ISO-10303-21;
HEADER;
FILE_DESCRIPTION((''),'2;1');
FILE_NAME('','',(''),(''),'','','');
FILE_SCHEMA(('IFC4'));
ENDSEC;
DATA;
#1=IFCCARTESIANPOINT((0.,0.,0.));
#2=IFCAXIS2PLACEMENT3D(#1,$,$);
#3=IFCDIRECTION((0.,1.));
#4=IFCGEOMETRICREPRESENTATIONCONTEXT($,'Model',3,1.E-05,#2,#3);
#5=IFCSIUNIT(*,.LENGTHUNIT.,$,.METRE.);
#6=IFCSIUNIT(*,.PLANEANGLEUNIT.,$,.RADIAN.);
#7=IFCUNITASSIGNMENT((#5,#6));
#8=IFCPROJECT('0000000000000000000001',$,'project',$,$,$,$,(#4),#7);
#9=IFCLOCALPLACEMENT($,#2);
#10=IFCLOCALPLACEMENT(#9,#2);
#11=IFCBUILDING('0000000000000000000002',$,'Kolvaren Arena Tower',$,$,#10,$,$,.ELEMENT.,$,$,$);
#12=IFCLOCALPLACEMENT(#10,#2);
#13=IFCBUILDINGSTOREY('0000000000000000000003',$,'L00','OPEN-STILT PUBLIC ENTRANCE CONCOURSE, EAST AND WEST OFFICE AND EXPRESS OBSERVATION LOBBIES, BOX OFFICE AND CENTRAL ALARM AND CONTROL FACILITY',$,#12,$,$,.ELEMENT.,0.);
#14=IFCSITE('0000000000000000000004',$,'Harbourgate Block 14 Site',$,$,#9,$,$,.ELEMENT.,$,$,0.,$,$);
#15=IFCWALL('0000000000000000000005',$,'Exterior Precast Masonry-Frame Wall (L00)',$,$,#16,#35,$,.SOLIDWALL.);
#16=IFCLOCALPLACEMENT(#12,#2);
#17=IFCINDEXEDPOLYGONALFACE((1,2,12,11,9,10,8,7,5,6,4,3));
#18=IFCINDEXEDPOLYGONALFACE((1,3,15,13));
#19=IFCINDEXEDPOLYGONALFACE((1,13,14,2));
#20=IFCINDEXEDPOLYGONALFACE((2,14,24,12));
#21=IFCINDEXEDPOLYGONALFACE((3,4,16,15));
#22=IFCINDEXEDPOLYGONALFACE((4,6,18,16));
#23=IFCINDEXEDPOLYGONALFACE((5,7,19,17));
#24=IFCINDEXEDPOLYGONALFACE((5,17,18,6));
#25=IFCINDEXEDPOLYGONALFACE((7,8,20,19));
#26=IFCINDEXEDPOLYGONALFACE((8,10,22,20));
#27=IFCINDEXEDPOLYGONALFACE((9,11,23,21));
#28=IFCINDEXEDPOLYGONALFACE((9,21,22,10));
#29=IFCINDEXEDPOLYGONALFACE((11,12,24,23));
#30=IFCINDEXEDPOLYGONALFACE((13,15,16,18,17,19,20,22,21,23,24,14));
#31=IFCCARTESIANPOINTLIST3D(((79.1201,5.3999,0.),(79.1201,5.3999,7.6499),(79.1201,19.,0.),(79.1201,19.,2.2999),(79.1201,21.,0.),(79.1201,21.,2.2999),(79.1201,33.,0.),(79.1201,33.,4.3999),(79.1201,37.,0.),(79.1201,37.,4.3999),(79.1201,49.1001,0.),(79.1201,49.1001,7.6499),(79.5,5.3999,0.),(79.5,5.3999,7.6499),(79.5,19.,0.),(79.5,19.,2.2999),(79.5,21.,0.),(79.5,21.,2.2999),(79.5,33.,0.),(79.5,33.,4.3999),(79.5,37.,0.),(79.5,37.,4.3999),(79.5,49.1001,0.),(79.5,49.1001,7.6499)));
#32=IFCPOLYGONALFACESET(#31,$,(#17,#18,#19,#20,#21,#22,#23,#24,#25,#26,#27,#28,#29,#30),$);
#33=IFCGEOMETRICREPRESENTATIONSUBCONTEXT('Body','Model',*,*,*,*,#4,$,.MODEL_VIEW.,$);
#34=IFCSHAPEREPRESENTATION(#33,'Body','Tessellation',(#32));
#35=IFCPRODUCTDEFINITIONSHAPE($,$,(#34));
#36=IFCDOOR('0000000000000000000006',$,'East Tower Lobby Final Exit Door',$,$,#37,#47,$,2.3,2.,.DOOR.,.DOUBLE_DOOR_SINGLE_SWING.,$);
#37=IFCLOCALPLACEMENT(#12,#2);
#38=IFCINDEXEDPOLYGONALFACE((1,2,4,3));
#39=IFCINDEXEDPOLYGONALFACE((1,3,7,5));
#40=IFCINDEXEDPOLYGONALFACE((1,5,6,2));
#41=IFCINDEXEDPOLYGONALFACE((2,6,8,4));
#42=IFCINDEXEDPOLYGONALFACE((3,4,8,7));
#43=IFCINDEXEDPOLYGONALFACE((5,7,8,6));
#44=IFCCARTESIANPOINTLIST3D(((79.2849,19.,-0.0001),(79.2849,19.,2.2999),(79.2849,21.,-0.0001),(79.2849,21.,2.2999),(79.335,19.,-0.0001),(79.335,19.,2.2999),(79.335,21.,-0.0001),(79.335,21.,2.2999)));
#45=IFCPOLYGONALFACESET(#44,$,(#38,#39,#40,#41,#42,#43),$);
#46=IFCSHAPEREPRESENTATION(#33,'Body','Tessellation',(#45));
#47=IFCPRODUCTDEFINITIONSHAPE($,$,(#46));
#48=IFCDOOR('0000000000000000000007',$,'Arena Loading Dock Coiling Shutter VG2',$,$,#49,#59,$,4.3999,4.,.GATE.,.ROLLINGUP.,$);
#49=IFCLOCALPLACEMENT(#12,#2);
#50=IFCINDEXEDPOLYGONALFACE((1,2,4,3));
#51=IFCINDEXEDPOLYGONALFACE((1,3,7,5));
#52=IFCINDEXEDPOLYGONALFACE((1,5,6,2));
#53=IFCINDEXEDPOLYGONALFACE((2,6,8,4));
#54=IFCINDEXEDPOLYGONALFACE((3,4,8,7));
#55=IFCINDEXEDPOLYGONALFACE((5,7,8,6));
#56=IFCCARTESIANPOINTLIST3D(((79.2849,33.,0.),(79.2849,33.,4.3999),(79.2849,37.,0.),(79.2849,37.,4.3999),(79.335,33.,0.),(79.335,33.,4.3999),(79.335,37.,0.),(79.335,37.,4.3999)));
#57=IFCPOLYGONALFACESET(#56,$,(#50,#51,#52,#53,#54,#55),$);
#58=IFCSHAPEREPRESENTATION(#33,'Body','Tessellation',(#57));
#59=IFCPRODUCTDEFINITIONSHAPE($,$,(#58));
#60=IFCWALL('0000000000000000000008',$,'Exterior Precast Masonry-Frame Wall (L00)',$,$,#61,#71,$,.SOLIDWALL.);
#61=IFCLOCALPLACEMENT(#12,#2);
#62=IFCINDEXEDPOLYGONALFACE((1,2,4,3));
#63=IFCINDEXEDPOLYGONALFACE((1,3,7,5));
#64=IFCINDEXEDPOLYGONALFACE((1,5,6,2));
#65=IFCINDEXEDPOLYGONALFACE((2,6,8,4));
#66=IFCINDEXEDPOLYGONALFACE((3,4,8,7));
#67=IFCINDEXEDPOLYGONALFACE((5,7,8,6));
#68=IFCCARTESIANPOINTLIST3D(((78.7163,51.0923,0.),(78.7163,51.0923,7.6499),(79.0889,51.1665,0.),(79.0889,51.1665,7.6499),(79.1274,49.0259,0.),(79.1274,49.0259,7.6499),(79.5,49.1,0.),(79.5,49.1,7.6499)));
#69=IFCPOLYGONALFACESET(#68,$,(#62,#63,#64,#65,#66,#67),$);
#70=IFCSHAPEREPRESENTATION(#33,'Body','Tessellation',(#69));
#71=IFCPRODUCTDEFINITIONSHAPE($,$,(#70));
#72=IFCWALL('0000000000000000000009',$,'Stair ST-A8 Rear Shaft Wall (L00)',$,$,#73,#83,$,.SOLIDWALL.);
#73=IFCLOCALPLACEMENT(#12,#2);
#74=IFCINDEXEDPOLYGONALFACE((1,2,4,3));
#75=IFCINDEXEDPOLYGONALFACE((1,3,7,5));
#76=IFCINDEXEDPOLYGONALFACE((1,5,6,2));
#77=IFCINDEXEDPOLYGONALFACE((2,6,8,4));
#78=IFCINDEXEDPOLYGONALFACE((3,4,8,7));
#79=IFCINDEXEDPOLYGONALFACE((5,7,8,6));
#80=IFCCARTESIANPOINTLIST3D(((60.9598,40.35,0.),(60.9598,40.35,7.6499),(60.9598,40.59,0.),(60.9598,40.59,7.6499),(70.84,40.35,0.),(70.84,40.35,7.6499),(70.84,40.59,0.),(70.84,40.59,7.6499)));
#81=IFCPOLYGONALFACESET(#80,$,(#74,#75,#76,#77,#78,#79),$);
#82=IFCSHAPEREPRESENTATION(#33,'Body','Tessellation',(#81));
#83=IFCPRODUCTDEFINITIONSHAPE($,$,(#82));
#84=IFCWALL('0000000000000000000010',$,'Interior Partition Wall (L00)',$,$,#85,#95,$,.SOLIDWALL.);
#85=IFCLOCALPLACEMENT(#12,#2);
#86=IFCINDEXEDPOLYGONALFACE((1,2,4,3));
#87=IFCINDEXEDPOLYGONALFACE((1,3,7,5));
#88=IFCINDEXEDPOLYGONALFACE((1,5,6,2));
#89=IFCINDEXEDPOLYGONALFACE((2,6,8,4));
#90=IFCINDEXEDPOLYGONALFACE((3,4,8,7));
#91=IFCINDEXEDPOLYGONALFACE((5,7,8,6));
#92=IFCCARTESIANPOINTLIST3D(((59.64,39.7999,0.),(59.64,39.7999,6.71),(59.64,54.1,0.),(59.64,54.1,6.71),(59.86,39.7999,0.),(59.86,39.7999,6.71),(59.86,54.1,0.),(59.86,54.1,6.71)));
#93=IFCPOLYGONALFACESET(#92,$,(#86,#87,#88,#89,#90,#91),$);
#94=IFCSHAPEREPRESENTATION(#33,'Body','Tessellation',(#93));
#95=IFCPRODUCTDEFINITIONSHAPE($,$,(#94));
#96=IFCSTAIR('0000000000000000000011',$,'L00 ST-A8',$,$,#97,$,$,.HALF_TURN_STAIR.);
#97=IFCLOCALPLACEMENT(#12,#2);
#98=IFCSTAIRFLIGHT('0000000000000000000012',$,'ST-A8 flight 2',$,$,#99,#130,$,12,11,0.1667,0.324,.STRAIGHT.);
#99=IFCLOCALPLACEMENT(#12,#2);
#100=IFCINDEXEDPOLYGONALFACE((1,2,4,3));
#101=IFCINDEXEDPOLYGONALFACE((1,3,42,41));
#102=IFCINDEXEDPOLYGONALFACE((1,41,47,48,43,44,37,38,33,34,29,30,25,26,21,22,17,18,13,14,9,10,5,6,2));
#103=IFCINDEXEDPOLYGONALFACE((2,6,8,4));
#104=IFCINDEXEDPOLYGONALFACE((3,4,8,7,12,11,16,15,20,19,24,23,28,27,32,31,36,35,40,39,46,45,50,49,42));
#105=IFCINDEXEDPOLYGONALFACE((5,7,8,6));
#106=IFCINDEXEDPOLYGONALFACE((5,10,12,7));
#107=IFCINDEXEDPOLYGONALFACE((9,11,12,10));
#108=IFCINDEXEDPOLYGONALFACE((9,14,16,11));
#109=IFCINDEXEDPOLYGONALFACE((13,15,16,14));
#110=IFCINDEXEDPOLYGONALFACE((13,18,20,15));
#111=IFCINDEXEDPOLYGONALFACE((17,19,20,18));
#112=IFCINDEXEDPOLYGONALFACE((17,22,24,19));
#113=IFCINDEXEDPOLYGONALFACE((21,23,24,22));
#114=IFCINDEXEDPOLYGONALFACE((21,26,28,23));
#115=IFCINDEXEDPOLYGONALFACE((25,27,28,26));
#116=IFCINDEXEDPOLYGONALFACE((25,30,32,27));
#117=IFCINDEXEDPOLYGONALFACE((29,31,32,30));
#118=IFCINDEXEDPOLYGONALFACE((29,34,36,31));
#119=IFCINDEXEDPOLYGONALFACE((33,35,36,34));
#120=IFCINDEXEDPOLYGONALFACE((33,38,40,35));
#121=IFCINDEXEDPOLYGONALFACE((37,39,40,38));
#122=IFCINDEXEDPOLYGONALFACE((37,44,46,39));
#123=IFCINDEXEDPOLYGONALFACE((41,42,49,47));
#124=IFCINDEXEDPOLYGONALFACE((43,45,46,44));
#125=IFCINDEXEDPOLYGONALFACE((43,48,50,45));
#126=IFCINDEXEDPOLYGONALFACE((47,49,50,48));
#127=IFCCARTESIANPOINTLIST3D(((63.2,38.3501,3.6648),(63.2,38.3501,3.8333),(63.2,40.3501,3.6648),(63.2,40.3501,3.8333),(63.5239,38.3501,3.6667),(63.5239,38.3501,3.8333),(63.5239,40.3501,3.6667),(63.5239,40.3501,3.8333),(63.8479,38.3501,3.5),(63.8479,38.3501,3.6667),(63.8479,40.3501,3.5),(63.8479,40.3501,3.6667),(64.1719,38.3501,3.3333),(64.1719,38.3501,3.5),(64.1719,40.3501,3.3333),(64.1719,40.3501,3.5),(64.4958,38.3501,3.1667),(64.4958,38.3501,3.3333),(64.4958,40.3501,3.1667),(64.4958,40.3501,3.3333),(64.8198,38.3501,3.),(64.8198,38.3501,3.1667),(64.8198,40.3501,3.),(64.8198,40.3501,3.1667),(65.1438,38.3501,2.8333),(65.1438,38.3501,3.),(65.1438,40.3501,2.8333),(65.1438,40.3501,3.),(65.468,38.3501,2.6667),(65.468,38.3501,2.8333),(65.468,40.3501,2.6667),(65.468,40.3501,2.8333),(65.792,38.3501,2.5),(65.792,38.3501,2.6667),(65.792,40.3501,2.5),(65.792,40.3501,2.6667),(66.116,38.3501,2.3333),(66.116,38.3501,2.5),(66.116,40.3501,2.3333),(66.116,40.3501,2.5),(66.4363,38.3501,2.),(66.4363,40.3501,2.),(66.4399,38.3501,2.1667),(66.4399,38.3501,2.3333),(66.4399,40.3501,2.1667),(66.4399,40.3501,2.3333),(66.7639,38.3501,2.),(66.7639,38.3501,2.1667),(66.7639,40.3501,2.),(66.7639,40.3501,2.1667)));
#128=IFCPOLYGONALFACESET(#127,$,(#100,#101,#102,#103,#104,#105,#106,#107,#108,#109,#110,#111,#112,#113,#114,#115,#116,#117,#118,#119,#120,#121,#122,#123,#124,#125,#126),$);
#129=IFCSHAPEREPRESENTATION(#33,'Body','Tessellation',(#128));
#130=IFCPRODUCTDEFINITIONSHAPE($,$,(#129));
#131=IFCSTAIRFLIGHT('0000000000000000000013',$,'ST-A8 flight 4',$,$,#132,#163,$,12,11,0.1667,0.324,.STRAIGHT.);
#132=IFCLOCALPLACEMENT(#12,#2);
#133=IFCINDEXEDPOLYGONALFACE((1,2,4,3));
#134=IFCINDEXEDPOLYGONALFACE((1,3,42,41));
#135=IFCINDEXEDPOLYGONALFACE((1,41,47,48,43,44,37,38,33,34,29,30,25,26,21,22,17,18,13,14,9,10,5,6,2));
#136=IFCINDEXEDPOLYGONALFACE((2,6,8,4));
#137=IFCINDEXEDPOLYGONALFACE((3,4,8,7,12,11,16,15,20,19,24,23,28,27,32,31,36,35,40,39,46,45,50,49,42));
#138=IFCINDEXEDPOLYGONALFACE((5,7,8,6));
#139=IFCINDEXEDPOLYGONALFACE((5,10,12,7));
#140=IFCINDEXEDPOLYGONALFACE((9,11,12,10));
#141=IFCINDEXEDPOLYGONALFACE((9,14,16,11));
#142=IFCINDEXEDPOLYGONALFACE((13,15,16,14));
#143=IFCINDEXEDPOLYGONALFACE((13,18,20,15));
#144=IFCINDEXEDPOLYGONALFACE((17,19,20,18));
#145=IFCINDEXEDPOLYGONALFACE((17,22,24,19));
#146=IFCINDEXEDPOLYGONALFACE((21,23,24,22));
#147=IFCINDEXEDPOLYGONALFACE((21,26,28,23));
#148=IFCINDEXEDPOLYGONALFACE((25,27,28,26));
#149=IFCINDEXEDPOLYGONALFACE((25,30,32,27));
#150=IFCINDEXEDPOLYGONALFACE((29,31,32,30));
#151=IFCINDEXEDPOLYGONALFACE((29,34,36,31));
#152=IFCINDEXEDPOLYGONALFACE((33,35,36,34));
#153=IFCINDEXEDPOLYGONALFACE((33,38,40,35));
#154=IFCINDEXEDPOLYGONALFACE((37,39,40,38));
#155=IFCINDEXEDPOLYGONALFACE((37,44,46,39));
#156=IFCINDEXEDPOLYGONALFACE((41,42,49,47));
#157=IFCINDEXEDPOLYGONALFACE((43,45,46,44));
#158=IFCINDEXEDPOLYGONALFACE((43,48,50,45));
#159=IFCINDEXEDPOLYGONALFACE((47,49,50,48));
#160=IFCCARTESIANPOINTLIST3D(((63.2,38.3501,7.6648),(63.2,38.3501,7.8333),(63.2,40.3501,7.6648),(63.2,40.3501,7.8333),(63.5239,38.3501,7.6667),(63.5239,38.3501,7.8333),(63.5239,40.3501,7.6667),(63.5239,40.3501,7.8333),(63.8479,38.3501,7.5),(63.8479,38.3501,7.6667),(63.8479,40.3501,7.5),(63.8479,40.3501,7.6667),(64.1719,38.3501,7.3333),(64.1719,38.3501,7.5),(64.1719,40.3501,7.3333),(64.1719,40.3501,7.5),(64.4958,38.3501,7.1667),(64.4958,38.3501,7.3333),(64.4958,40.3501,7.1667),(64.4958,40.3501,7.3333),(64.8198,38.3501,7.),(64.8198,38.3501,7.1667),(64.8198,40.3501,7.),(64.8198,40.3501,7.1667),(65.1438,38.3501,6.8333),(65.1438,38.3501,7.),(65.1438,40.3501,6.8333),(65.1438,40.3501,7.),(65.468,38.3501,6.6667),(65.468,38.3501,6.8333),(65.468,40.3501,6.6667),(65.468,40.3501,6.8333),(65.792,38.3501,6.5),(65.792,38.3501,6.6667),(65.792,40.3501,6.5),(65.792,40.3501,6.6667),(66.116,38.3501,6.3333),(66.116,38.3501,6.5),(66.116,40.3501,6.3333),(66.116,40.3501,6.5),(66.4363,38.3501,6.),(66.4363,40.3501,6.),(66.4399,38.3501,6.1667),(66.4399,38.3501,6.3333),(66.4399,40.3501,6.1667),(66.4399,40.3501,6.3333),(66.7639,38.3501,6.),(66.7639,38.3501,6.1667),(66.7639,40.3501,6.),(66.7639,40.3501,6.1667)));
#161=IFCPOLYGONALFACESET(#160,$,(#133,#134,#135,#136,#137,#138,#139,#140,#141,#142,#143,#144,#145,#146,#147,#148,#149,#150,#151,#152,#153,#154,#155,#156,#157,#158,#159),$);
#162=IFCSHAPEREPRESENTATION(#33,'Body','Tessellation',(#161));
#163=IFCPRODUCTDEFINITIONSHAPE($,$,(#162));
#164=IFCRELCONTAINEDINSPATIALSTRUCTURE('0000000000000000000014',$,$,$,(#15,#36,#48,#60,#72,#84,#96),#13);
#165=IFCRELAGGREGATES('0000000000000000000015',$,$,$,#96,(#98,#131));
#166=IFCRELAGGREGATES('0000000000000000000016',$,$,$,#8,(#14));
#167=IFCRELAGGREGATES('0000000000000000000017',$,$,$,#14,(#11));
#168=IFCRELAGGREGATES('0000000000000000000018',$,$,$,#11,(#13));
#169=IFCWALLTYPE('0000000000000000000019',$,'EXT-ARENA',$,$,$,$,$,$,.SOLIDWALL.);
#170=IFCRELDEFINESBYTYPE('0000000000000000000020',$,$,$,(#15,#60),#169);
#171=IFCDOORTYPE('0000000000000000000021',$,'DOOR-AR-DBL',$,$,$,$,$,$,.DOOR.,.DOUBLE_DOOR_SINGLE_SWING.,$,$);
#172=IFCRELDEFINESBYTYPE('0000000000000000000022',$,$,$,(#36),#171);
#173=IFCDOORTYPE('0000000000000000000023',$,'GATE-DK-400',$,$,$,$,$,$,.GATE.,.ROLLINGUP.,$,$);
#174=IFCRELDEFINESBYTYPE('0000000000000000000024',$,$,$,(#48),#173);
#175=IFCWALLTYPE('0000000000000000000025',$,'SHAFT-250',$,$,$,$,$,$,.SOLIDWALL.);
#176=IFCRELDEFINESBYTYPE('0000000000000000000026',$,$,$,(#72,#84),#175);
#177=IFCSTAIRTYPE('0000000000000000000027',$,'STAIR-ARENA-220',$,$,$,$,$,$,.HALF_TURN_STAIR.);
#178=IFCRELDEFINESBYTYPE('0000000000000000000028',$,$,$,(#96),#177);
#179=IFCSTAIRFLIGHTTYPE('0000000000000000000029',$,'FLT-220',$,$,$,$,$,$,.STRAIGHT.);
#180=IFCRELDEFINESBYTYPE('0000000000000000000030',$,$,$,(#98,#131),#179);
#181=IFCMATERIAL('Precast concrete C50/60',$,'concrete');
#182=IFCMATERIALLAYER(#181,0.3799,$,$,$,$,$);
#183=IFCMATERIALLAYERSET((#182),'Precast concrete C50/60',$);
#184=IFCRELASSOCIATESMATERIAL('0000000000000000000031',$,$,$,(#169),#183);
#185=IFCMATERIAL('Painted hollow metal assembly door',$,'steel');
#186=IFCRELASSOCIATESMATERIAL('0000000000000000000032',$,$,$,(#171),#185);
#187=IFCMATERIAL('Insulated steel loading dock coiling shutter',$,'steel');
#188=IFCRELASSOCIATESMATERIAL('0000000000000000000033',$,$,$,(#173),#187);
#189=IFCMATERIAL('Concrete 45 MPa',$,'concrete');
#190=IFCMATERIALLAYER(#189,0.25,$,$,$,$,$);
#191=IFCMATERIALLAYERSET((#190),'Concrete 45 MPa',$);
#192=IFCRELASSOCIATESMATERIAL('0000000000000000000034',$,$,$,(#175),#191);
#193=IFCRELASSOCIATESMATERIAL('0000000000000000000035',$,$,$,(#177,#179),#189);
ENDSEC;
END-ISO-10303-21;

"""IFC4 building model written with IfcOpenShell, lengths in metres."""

from ifc_helpers import new_model, si_unit, direction, frame, frame_2d, origin, place, context, subcontext, project, spatial, polyline, rectangle, outline, extrude, material, layer, layer_set, type_object, element, fill, aggregate, save


model = new_model("IFC4")

# Units and contexts
model_context = context("Model", 3, precision=1e-05, world=origin(), true_north=direction((0.0, 1.0)))
body_context = subcontext(model_context, "Body", "Model", "MODEL_VIEW")
ifc_project = project(units=[si_unit("LENGTHUNIT", "METRE"), si_unit("PLANEANGLEUNIT", "RADIAN")], contexts=[model_context])

# Site, building, storey
site_placement = place(None, origin())
site = spatial("IfcSite", under=ifc_project, at=site_placement, Name="Harbourgate Block 14 Site", CompositionType="ELEMENT", RefElevation=0.0)
building_placement = place(site_placement, origin())
building = spatial("IfcBuilding", under=site, at=building_placement, Name="Kolvaren Arena Tower", CompositionType="ELEMENT")
storey_placement = place(building_placement, origin())
storey = spatial("IfcBuildingStorey", under=building, at=storey_placement, Name="L00", Description="OPEN-STILT PUBLIC ENTRANCE CONCOURSE, EAST AND WEST OFFICE AND EXPRESS OBSERVATION LOBBIES, BOX OFFICE AND CENTRAL ALARM AND CONTROL FACILITY", CompositionType="ELEMENT", Elevation=0.0)

# Wall, openings, doors
ifc_material_1 = material(Name="Precast concrete C50/60", Category="concrete")
ifc_layer_1 = layer(ifc_material_1, 0.3799)
ifc_layer_set_1 = layer_set([ifc_layer_1], Name="Precast concrete C50/60")
wall_type_1 = type_object("IfcWallType", Name="EXT-ARENA", PredefinedType="SOLIDWALL", material=ifc_layer_set_1)
wall_1_placement = place(storey_placement, frame((79.3101, 49.1001, 0.0), z_axis=(0.0, 0.0, 1.0), x_axis=(0.0, -1.0, 0.0)))
wall_1 = element("IfcWall", 1, at=wall_1_placement, inside=storey, type_object=wall_type_1, Name="Exterior Precast Masonry-Frame Wall (L00)", PredefinedType="SOLIDWALL", context=body_context, shape_type="SweptSolid", body=[
    extrude(rectangle(XDim=43.7002, YDim=0.3799, at=frame_2d((21.8501, 0.0))), origin(), (0.0, 0.0, 1.0), 7.6499),
])
opening_1_placement = place(wall_1_placement, frame((12.1001, 0.0, 0.0)))
opening_1 = element("IfcOpeningElement", 2, at=opening_1_placement, cuts=wall_1, PredefinedType="OPENING", context=body_context, shape_type="SweptSolid", body=[
    extrude(rectangle(XDim=4.0, YDim=4.3999, at=frame_2d((2.0, 2.2))), frame((0.0, 0.2, 0.0), z_axis=(0.0, -1.0, 0.0), x_axis=(1.0, 0.0, 0.0)), (0.0, 0.0, 1.0), 0.3999),
])
opening_2_placement = place(wall_1_placement, frame((28.1001, 0.0, 0.0)))
opening_2 = element("IfcOpeningElement", 3, at=opening_2_placement, cuts=wall_1, PredefinedType="OPENING", context=body_context, shape_type="SweptSolid", body=[
    extrude(rectangle(XDim=2.0, YDim=2.3, at=frame_2d((1.0, 1.1499))), frame((0.0, 0.2, 0.0), z_axis=(0.0, -1.0, 0.0), x_axis=(1.0, 0.0, 0.0)), (0.0, 0.0, 1.0), 0.3999),
])
ifc_material_2 = material(Name="Painted hollow metal assembly door", Category="steel")
door_type_1 = type_object("IfcDoorType", Name="DOOR-AR-DBL", OperationType="DOUBLE_DOOR_SINGLE_SWING", PredefinedType="DOOR", material=ifc_material_2)
door_1_placement = place(opening_2_placement, origin())
door_1 = element("IfcDoor", 4, at=door_1_placement, inside=storey, type_object=door_type_1, Name="East Tower Lobby Final Exit Door", OperationType="DOUBLE_DOOR_SINGLE_SWING", OverallHeight=2.3, OverallWidth=2.0, PredefinedType="DOOR", context=body_context, shape_type="SweptSolid", body=[
    extrude(rectangle(XDim=2.0, YDim=2.3, at=frame_2d((1.0, 1.1499))), frame((0.0, 0.0249, 0.0), z_axis=(0.0, -1.0, 0.0), x_axis=(1.0, 0.0, 0.0)), (0.0, 0.0, 1.0), 0.05),
])
fill(opening_2, door_1)
ifc_material_3 = material(Name="Insulated steel loading dock coiling shutter", Category="steel")
door_type_2 = type_object("IfcDoorType", Name="GATE-DK-400", OperationType="ROLLINGUP", PredefinedType="GATE", material=ifc_material_3)
door_2_placement = place(opening_1_placement, origin())
door_2 = element("IfcDoor", 5, at=door_2_placement, inside=storey, type_object=door_type_2, Name="Arena Loading Dock Coiling Shutter VG2", OperationType="ROLLINGUP", OverallHeight=4.3999, OverallWidth=4.0, PredefinedType="GATE", context=body_context, shape_type="SweptSolid", body=[
    extrude(rectangle(XDim=4.0, YDim=4.3999, at=frame_2d((2.0, 2.2))), frame((0.0, 0.0249, 0.0), z_axis=(0.0, -1.0, 0.0), x_axis=(1.0, 0.0, 0.0)), (0.0, 0.0, 1.0), 0.05),
])
fill(opening_1, door_2)

# Walls
wall_2_placement = place(storey_placement, frame((78.9026, 51.1294, 0.0), z_axis=(0.0, 0.0, 1.0), x_axis=(0.195136, -0.980776, 0.0)))
element("IfcWall", 6, at=wall_2_placement, inside=storey, type_object=wall_type_1, Name="Exterior Precast Masonry-Frame Wall (L00)", PredefinedType="SOLIDWALL", context=body_context, shape_type="SweptSolid", body=[
    extrude(rectangle(XDim=2.1069, YDim=0.3799, at=frame_2d((1.0535, 0.0))), origin(), (0.0, 0.0, 1.0), 7.6499),
])
ifc_material_4 = material(Name="Concrete 45 MPa", Category="concrete")
ifc_layer_2 = layer(ifc_material_4, 0.25)
ifc_layer_set_2 = layer_set([ifc_layer_2], Name="Concrete 45 MPa")
wall_type_2 = type_object("IfcWallType", Name="SHAFT-250", PredefinedType="SOLIDWALL", material=ifc_layer_set_2)
wall_3_placement = place(storey_placement, frame((60.96, 40.47, 0.0), z_axis=(0.0, 0.0, 1.0), x_axis=(1.0, 0.0, 0.0)))
element("IfcWall", 7, at=wall_3_placement, inside=storey, type_object=wall_type_2, Name="Stair ST-A8 Rear Shaft Wall (L00)", PredefinedType="SOLIDWALL", context=body_context, shape_type="SweptSolid", body=[
    extrude(rectangle(XDim=9.8801, YDim=0.24, at=frame_2d((4.9399, 0.0))), origin(), (0.0, 0.0, 1.0), 7.6499),
])
wall_4_placement = place(storey_placement, frame((59.75, 39.8, 0.0), z_axis=(0.0, 0.0, 1.0), x_axis=(0.0, 1.0, 0.0)))
element("IfcWall", 8, at=wall_4_placement, inside=storey, type_object=wall_type_2, Name="Interior Partition Wall (L00)", PredefinedType="SOLIDWALL", context=body_context, shape_type="SweptSolid", body=[
    extrude(rectangle(XDim=14.3, YDim=0.22, at=frame_2d((7.1499, 0.0))), origin(), (0.0, 0.0, 1.0), 6.71),
])

# Stair, stair flights
stair_type = type_object("IfcStairType", Name="STAIR-ARENA-220", PredefinedType="HALF_TURN_STAIR", material=ifc_material_4)
stair_placement = place(storey_placement, origin())
stair = element("IfcStair", 9, at=stair_placement, inside=storey, type_object=stair_type, Name="L00 ST-A8", PredefinedType="HALF_TURN_STAIR")
stair_flight_type = type_object("IfcStairFlightType", Name="FLT-220", PredefinedType="STRAIGHT", material=ifc_material_4)
stair_flight_1_placement = place(storey_placement, frame((66.7639, 39.3501, 2.0), z_axis=(0.0, 0.0, 1.0), x_axis=(-1.0, 0.0, 0.0)))
stair_flight_1 = element("IfcStairFlight", 10, at=stair_flight_1_placement, type_object=stair_flight_type, Name="ST-A8 flight 2", NumberOfRisers=12, NumberOfTreads=11, PredefinedType="STRAIGHT", RiserHeight=0.1667, TreadLength=0.324, context=body_context, shape_type="SweptSolid", body=[
    extrude(outline(polyline([(0.0, 0.0), (0.0, 0.1667), (0.324, 0.1667), (0.324, 0.3333), (0.6479, 0.3333), (0.6479, 0.5), (0.9719, 0.5), (0.9719, 0.6667), (1.2959, 0.6667), (1.2959, 0.8333), (1.6201, 0.8333), (1.6201, 1.0), (1.9441, 1.0), (1.9441, 1.1667), (2.2681, 1.1667), (2.2681, 1.3333), (2.592, 1.3333), (2.592, 1.5), (2.916, 1.5), (2.916, 1.6667), (3.24, 1.6667), (3.24, 1.8333), (3.564, 1.8333), (3.564, 2.0), (3.564, 1.6648), (0.3276, 0.0), (0.0, 0.0)])), frame((0.0, 1.0, 0.0), z_axis=(0.0, -1.0, 0.0), x_axis=(1.0, 0.0, 0.0)), (0.0, 0.0, 1.0), 2.0),
])
stair_flight_2_placement = place(storey_placement, frame((66.7639, 39.3501, 6.0), z_axis=(0.0, 0.0, 1.0), x_axis=(-1.0, 0.0, 0.0)))
stair_flight_2 = element("IfcStairFlight", 11, at=stair_flight_2_placement, type_object=stair_flight_type, Name="ST-A8 flight 4", NumberOfRisers=12, NumberOfTreads=11, PredefinedType="STRAIGHT", RiserHeight=0.1667, TreadLength=0.324, context=body_context, shape_type="SweptSolid", body=[
    extrude(outline(polyline([(0.0, 0.0), (0.0, 0.1667), (0.324, 0.1667), (0.324, 0.3333), (0.6479, 0.3333), (0.6479, 0.5), (0.9719, 0.5), (0.9719, 0.6667), (1.2959, 0.6667), (1.2959, 0.8333), (1.6201, 0.8333), (1.6201, 1.0), (1.9441, 1.0), (1.9441, 1.1667), (2.2681, 1.1667), (2.2681, 1.3333), (2.592, 1.3333), (2.592, 1.5), (2.916, 1.5), (2.916, 1.6667), (3.24, 1.6667), (3.24, 1.8333), (3.564, 1.8333), (3.564, 2.0), (3.564, 1.6648), (0.3276, 0.0), (0.0, 0.0)])), frame((0.0, 1.0, 0.0), z_axis=(0.0, -1.0, 0.0), x_axis=(1.0, 0.0, 0.0)), (0.0, 0.0, 1.0), 2.0),
])
aggregate(stair, [stair_flight_1, stair_flight_2])

save(model, "model.ifc")
